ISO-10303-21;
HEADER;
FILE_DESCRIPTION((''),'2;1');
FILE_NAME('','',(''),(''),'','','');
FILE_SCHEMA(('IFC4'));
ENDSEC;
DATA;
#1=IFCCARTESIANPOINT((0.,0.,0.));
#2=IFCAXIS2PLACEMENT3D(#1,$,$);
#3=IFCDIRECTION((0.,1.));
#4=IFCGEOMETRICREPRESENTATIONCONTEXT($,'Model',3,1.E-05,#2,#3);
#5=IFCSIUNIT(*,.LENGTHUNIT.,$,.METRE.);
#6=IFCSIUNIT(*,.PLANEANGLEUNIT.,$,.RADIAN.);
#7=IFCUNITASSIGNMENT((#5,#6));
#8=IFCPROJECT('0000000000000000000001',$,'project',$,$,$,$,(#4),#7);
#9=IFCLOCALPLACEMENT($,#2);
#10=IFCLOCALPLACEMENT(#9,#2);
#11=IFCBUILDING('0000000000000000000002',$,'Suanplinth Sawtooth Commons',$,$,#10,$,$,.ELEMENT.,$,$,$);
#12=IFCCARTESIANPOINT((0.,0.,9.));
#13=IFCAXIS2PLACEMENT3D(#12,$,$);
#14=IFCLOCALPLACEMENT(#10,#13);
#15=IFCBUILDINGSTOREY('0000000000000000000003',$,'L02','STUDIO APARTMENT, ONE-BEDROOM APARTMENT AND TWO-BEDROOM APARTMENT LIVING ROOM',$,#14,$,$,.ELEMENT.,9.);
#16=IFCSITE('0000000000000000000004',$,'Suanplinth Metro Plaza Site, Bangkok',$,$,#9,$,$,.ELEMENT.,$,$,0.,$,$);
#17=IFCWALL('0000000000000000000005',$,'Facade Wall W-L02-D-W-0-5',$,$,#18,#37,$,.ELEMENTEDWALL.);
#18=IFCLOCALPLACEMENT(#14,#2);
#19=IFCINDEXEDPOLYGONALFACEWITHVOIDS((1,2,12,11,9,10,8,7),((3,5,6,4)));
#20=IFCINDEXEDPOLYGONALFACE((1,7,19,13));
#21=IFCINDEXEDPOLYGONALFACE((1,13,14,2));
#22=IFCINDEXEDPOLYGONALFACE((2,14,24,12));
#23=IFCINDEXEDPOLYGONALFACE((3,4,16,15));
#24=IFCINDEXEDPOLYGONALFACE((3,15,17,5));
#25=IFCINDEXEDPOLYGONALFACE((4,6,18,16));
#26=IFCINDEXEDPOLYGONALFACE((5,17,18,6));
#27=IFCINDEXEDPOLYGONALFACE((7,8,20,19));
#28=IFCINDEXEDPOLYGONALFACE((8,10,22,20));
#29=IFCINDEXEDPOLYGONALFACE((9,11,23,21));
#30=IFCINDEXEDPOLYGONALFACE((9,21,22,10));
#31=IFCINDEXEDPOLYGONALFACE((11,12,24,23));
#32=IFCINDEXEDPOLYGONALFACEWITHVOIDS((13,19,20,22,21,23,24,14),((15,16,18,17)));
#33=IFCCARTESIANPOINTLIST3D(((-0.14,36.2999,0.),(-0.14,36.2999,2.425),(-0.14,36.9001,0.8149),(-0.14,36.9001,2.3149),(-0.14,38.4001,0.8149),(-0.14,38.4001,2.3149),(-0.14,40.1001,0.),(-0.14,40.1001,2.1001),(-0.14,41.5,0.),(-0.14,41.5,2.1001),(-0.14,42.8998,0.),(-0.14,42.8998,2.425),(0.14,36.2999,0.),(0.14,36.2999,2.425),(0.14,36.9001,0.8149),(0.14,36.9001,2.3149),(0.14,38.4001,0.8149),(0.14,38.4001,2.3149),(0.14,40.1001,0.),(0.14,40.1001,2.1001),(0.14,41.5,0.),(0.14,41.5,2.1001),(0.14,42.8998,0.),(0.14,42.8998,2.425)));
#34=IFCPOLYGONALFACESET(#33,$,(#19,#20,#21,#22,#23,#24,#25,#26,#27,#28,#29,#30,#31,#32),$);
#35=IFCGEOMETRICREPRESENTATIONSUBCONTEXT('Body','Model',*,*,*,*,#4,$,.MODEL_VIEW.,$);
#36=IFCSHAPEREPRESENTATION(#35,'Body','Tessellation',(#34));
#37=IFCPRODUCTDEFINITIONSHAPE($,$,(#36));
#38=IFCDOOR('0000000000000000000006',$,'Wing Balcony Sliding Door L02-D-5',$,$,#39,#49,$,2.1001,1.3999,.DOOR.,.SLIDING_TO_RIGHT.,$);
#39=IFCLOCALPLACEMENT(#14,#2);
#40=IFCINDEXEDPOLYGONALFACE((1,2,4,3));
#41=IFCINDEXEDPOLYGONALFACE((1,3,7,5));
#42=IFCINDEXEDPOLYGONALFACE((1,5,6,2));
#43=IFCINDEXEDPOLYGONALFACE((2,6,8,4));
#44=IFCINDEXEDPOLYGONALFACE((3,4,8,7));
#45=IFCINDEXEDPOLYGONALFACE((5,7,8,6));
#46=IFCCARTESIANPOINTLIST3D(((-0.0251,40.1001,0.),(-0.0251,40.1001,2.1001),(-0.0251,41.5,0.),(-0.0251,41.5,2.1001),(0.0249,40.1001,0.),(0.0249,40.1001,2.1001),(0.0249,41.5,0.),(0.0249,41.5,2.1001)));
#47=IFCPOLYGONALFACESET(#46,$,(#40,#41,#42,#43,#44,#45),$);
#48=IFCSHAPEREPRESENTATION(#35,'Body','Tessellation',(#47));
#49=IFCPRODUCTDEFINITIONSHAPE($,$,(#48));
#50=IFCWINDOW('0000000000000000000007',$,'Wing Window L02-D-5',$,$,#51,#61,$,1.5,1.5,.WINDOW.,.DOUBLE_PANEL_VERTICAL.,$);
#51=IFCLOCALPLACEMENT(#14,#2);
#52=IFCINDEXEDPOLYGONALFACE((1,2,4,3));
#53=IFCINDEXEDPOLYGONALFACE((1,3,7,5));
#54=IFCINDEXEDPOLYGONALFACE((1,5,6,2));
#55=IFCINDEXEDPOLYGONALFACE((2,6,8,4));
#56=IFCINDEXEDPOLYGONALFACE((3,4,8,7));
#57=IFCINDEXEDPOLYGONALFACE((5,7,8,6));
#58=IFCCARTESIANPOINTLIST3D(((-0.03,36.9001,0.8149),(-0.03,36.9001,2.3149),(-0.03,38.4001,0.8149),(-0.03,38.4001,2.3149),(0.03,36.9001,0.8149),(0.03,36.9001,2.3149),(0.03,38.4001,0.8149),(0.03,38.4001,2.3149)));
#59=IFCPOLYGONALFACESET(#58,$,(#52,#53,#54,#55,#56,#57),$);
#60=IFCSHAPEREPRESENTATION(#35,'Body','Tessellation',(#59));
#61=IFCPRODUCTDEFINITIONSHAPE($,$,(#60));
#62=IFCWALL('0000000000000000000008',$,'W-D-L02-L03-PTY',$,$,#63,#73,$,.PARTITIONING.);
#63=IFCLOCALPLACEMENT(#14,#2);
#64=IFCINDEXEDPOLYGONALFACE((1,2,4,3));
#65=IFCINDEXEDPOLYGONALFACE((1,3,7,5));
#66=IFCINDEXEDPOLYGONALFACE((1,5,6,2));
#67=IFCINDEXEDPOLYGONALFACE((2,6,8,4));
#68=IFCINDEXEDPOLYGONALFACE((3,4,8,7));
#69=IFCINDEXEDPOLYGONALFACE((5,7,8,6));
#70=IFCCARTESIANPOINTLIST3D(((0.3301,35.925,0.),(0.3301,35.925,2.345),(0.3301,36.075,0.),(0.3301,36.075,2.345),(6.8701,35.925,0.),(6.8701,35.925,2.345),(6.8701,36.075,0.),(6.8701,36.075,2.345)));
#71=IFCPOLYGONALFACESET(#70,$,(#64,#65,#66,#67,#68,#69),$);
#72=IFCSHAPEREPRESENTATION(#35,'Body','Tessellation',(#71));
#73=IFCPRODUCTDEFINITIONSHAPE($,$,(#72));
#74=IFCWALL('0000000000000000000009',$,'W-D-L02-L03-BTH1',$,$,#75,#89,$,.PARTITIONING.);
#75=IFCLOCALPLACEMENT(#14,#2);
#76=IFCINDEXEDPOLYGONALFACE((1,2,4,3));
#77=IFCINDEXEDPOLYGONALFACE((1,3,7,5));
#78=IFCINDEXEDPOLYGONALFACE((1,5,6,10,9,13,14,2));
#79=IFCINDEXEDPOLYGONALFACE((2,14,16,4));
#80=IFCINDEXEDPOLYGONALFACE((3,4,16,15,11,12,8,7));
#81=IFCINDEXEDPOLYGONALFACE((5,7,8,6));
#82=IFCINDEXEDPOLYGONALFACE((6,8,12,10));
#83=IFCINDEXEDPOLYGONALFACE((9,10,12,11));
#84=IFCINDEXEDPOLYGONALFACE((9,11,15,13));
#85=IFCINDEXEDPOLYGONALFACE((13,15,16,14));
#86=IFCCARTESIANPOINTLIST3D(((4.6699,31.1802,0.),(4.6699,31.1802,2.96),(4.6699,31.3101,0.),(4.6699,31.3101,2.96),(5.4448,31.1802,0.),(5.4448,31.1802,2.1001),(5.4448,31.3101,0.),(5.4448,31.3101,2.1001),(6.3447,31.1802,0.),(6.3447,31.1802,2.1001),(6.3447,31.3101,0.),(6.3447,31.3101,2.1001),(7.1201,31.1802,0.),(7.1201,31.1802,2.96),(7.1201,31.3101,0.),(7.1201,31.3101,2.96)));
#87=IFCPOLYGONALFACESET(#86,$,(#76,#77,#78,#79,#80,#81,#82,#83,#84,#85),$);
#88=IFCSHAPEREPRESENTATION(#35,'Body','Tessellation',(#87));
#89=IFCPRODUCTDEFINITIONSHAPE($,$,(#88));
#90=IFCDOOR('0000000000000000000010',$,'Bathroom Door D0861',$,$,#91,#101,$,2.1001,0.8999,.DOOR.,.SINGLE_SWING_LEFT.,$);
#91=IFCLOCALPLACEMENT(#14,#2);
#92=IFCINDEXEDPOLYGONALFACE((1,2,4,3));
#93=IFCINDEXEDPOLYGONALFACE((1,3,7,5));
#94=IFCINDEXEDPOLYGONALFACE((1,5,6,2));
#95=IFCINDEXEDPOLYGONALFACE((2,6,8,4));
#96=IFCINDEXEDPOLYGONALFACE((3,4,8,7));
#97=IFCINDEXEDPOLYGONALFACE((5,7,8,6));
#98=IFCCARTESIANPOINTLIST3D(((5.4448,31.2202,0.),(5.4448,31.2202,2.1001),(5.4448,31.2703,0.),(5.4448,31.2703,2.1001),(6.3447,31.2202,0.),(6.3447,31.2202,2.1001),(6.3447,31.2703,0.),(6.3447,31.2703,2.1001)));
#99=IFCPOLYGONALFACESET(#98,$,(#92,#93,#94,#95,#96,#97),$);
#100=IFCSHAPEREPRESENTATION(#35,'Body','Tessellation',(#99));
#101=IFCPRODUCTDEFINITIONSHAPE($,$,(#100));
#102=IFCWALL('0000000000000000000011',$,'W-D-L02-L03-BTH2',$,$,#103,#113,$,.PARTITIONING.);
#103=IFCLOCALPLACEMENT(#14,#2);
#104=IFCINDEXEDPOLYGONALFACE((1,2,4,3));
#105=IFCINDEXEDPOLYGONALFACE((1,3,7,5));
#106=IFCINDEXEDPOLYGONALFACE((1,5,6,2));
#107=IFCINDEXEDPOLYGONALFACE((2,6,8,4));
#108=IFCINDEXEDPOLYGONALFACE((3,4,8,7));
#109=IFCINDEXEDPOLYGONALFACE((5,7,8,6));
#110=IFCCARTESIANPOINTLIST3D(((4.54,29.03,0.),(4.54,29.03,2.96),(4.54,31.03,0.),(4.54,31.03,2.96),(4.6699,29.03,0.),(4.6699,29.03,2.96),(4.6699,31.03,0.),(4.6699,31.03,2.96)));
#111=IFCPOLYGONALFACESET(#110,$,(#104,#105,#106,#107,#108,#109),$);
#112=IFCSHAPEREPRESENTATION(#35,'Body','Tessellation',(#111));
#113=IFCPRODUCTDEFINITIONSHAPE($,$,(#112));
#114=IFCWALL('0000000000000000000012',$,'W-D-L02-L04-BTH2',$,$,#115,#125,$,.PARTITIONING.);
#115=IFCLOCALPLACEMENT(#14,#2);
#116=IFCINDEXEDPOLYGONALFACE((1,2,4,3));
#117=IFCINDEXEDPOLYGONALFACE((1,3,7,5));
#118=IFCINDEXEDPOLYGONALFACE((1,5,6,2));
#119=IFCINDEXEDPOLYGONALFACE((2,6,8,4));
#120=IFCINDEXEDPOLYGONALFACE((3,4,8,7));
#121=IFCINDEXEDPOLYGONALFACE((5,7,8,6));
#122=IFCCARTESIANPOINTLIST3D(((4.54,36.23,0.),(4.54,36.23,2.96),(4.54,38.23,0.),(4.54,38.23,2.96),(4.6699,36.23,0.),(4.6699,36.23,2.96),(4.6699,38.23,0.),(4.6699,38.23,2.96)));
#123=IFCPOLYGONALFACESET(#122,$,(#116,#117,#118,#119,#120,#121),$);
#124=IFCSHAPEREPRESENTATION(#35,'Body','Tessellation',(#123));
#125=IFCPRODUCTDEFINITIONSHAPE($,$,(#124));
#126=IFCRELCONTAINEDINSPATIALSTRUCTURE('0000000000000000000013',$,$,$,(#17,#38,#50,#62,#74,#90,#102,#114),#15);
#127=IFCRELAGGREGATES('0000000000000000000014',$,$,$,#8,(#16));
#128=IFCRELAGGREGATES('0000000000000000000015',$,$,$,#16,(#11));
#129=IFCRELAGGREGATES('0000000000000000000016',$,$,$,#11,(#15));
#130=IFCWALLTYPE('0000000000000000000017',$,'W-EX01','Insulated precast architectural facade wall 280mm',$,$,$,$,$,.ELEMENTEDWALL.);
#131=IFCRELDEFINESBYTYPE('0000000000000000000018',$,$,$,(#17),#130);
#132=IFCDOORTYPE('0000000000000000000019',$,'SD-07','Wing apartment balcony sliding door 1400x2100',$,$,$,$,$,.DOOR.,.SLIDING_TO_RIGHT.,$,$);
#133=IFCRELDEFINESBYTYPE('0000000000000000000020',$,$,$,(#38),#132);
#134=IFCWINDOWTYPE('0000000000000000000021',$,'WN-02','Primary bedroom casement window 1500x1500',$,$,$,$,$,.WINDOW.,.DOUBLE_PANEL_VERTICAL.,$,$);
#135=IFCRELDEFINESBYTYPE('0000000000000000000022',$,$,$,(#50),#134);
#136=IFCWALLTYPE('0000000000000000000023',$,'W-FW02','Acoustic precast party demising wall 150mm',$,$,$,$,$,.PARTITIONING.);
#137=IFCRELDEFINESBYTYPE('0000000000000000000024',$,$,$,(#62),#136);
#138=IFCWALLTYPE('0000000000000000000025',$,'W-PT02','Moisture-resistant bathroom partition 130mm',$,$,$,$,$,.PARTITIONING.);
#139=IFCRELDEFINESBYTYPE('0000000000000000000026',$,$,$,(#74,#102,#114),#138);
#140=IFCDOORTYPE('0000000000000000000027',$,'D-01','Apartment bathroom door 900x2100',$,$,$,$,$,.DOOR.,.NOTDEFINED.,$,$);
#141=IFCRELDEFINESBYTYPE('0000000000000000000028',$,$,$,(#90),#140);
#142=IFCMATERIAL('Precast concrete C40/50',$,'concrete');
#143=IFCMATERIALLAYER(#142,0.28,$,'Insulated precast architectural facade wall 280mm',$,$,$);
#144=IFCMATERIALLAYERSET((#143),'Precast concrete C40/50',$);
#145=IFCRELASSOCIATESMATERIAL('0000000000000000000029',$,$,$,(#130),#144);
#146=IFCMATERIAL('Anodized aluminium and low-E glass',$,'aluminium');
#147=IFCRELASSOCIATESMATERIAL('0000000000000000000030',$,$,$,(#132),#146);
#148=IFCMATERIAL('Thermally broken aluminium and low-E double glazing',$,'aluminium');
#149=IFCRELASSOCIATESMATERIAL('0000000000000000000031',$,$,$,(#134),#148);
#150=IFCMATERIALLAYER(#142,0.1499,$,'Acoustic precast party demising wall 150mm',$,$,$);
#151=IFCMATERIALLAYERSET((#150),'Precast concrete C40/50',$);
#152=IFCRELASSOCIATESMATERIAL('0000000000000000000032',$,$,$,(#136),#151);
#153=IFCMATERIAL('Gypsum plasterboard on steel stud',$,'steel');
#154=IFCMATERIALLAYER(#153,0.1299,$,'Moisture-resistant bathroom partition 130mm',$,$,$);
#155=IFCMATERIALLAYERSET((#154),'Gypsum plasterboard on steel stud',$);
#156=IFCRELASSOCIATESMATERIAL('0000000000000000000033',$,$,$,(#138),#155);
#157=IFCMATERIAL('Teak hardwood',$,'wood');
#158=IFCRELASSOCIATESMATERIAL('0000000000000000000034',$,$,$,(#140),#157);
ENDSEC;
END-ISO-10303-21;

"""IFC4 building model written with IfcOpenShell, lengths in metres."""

from ifc_helpers import new_model, si_unit, direction, frame, frame_2d, origin, place, context, subcontext, project, spatial, rectangle, extrude, material, layer, layer_set, type_object, element, fill, save


model = new_model("IFC4")

# Units and contexts
model_context = context("Model", 3, precision=1e-05, world=origin(), true_north=direction((0.0, 1.0)))
body_context = subcontext(model_context, "Body", "Model", "MODEL_VIEW")
ifc_project = project(units=[si_unit("LENGTHUNIT", "METRE"), si_unit("PLANEANGLEUNIT", "RADIAN")], contexts=[model_context])

# Site, building, storey
site_placement = place(None, origin())
site = spatial("IfcSite", under=ifc_project, at=site_placement, Name="Suanplinth Metro Plaza Site, Bangkok", CompositionType="ELEMENT", RefElevation=0.0)
building_placement = place(site_placement, origin())
building = spatial("IfcBuilding", under=site, at=building_placement, Name="Suanplinth Sawtooth Commons", CompositionType="ELEMENT")
storey_placement = place(building_placement, frame((0.0, 0.0, 9.0)))
storey = spatial("IfcBuildingStorey", under=building, at=storey_placement, Name="L02", Description="STUDIO APARTMENT, ONE-BEDROOM APARTMENT AND TWO-BEDROOM APARTMENT LIVING ROOM", CompositionType="ELEMENT", Elevation=9.0)

# Shared definitions
ifc_material_1 = material(Name="Precast concrete C40/50", Category="concrete")

# Wall, openings, door, window
ifc_layer_1 = layer(ifc_material_1, 0.28, Name="Insulated precast architectural facade wall 280mm")
ifc_layer_set_1 = layer_set([ifc_layer_1], Name="Precast concrete C40/50")
wall_type_1 = type_object("IfcWallType", Name="W-EX01", Description="Insulated precast architectural facade wall 280mm", PredefinedType="ELEMENTEDWALL", material=ifc_layer_set_1)
ifc_material_2 = material(Name="Anodized aluminium and low-E glass", Category="aluminium")
door_type_1 = type_object("IfcDoorType", Name="SD-07", Description="Wing apartment balcony sliding door 1400x2100", OperationType="SLIDING_TO_RIGHT", PredefinedType="DOOR", material=ifc_material_2)
ifc_material_3 = material(Name="Thermally broken aluminium and low-E double glazing", Category="aluminium")
window_type = type_object("IfcWindowType", Name="WN-02", Description="Primary bedroom casement window 1500x1500", PartitioningType="DOUBLE_PANEL_VERTICAL", PredefinedType="WINDOW", material=ifc_material_3)
wall_1_placement = place(storey_placement, frame((0.0, 36.3, 0.0), z_axis=(0.0, 0.0, 1.0), x_axis=(0.0, 1.0, 0.0)))
wall_1 = element("IfcWall", 1, at=wall_1_placement, inside=storey, type_object=wall_type_1, Name="Facade Wall W-L02-D-W-0-5", PredefinedType="ELEMENTEDWALL", context=body_context, shape_type="SweptSolid", body=[
    extrude(rectangle(XDim=6.5999, YDim=0.28, at=frame_2d((3.2998, 0.0))), origin(), (0.0, 0.0, 1.0), 2.425),
])
opening_1_placement = place(wall_1_placement, frame((3.8, 0.0, 0.0)))
opening_1 = element("IfcOpeningElement", 2, at=opening_1_placement, cuts=wall_1, PredefinedType="OPENING", context=body_context, shape_type="SweptSolid", body=[
    extrude(rectangle(XDim=1.3999, YDim=2.1001, at=frame_2d((0.7, 1.05))), frame((0.0, 0.1548, 0.0), z_axis=(0.0, -1.0, 0.0), x_axis=(1.0, 0.0, 0.0)), (0.0, 0.0, 1.0), 0.3098),
])
opening_2_placement = place(wall_1_placement, frame((0.6001, 0.0, 0.8149)))
opening_2 = element("IfcOpeningElement", 3, at=opening_2_placement, cuts=wall_1, PredefinedType="OPENING", context=body_context, shape_type="SweptSolid", body=[
    extrude(rectangle(XDim=1.5, YDim=1.5, at=frame_2d((0.75, 0.75))), frame((0.0, 0.1548, 0.0), z_axis=(0.0, -1.0, 0.0), x_axis=(1.0, 0.0, 0.0)), (0.0, 0.0, 1.0), 0.3098),
])
door_1_placement = place(opening_1_placement, frame((1.3999, 0.0, 0.0), z_axis=(0.0, 0.0, 1.0), x_axis=(-1.0, 0.0, 0.0)))
door_1 = element("IfcDoor", 4, at=door_1_placement, inside=storey, type_object=door_type_1, Name="Wing Balcony Sliding Door L02-D-5", OperationType="SLIDING_TO_RIGHT", OverallHeight=2.1001, OverallWidth=1.3999, PredefinedType="DOOR", context=body_context, shape_type="SweptSolid", body=[
    extrude(rectangle(XDim=1.3999, YDim=2.1001, at=frame_2d((0.7, 1.05))), frame((0.0, 0.0249, 0.0), z_axis=(0.0, -1.0, 0.0), x_axis=(1.0, 0.0, 0.0)), (0.0, 0.0, 1.0), 0.05),
])
fill(opening_1, door_1)
window_1_placement = place(opening_2_placement, origin())
window_1 = element("IfcWindow", 5, at=window_1_placement, inside=storey, type_object=window_type, Name="Wing Window L02-D-5", OverallHeight=1.5, OverallWidth=1.5, PartitioningType="DOUBLE_PANEL_VERTICAL", PredefinedType="WINDOW", context=body_context, shape_type="SweptSolid", body=[
    extrude(rectangle(XDim=1.5, YDim=1.5, at=frame_2d((0.75, 0.75))), frame((0.0, 0.03, 0.0), z_axis=(0.0, -1.0, 0.0), x_axis=(1.0, 0.0, 0.0)), (0.0, 0.0, 1.0), 0.0601),
])
fill(opening_2, window_1)

# Wall
ifc_layer_2 = layer(ifc_material_1, 0.1499, Name="Acoustic precast party demising wall 150mm")
ifc_layer_set_2 = layer_set([ifc_layer_2], Name="Precast concrete C40/50")
wall_type_2 = type_object("IfcWallType", Name="W-FW02", Description="Acoustic precast party demising wall 150mm", PredefinedType="PARTITIONING", material=ifc_layer_set_2)
wall_2_placement = place(storey_placement, frame((0.3301, 36.0, 0.0), z_axis=(0.0, 0.0, 1.0), x_axis=(1.0, 0.0, 0.0)))
element("IfcWall", 6, at=wall_2_placement, inside=storey, type_object=wall_type_2, Name="W-D-L02-L03-PTY", PredefinedType="PARTITIONING", context=body_context, shape_type="SweptSolid", body=[
    extrude(rectangle(XDim=6.54, YDim=0.1499, at=frame_2d((3.27, 0.0))), origin(), (0.0, 0.0, 1.0), 2.345),
])

# Wall, opening, door
ifc_material_4 = material(Name="Gypsum plasterboard on steel stud", Category="steel")
ifc_layer_3 = layer(ifc_material_4, 0.1299, Name="Moisture-resistant bathroom partition 130mm")
ifc_layer_set_3 = layer_set([ifc_layer_3], Name="Gypsum plasterboard on steel stud")
wall_type_3 = type_object("IfcWallType", Name="W-PT02", Description="Moisture-resistant bathroom partition 130mm", PredefinedType="PARTITIONING", material=ifc_layer_set_3)
wall_3_placement = place(storey_placement, frame((4.6699, 31.2451, 0.0), z_axis=(0.0, 0.0, 1.0), x_axis=(1.0, 0.0, 0.0)))
wall_3 = element("IfcWall", 7, at=wall_3_placement, inside=storey, type_object=wall_type_3, Name="W-D-L02-L03-BTH1", PredefinedType="PARTITIONING", context=body_context, shape_type="SweptSolid", body=[
    extrude(rectangle(XDim=2.4502, YDim=0.1299, at=frame_2d((1.2251, 0.0))), origin(), (0.0, 0.0, 1.0), 2.96),
])
opening_3_placement = place(wall_3_placement, frame((0.7749, 0.0, 0.0)))
opening_3 = element("IfcOpeningElement", 8, at=opening_3_placement, cuts=wall_3, PredefinedType="OPENING", context=body_context, shape_type="SweptSolid", body=[
    extrude(rectangle(XDim=0.8999, YDim=2.1001, at=frame_2d((0.45, 1.05))), frame((0.0, 0.0798, 0.0), z_axis=(0.0, -1.0, 0.0), x_axis=(1.0, 0.0, 0.0)), (0.0, 0.0, 1.0), 0.1597),
])
ifc_material_5 = material(Name="Teak hardwood", Category="wood")
door_type_2 = type_object("IfcDoorType", Name="D-01", Description="Apartment bathroom door 900x2100", OperationType="NOTDEFINED", PredefinedType="DOOR", material=ifc_material_5)
door_2_placement = place(opening_3_placement, frame((0.8999, 0.0, 0.0), z_axis=(0.0, 0.0, 1.0), x_axis=(-1.0, 0.0, 0.0)))
door_2 = element("IfcDoor", 9, at=door_2_placement, inside=storey, type_object=door_type_2, Name="Bathroom Door D0861", OperationType="SINGLE_SWING_LEFT", OverallHeight=2.1001, OverallWidth=0.8999, PredefinedType="DOOR", context=body_context, shape_type="SweptSolid", body=[
    extrude(rectangle(XDim=0.8999, YDim=2.1001, at=frame_2d((0.45, 1.05))), frame((0.0, 0.0249, 0.0), z_axis=(0.0, -1.0, 0.0), x_axis=(1.0, 0.0, 0.0)), (0.0, 0.0, 1.0), 0.05),
])
fill(opening_3, door_2)

# Walls
for number, where, z_axis, x_axis, name in (
    (10, (4.605, 29.03, 0.0), (0.0, 0.0, 1.0), (0.0, 1.0, 0.0), "W-D-L02-L03-BTH2"),
    (11, (4.605, 36.23, 0.0), (0.0, 0.0, 1.0), (0.0, 1.0, 0.0), "W-D-L02-L04-BTH2"),
):
    element("IfcWall", number, at=place(storey_placement, frame(where, z_axis=z_axis, x_axis=x_axis)), inside=storey, type_object=wall_type_3, Name=name, PredefinedType="PARTITIONING", context=body_context, shape_type="SweptSolid", body=[
        extrude(rectangle(XDim=2.0, YDim=0.1299, at=frame_2d((1.0, 0.0))), origin(), (0.0, 0.0, 1.0), 2.96),
    ])

save(model, "model.ifc")
